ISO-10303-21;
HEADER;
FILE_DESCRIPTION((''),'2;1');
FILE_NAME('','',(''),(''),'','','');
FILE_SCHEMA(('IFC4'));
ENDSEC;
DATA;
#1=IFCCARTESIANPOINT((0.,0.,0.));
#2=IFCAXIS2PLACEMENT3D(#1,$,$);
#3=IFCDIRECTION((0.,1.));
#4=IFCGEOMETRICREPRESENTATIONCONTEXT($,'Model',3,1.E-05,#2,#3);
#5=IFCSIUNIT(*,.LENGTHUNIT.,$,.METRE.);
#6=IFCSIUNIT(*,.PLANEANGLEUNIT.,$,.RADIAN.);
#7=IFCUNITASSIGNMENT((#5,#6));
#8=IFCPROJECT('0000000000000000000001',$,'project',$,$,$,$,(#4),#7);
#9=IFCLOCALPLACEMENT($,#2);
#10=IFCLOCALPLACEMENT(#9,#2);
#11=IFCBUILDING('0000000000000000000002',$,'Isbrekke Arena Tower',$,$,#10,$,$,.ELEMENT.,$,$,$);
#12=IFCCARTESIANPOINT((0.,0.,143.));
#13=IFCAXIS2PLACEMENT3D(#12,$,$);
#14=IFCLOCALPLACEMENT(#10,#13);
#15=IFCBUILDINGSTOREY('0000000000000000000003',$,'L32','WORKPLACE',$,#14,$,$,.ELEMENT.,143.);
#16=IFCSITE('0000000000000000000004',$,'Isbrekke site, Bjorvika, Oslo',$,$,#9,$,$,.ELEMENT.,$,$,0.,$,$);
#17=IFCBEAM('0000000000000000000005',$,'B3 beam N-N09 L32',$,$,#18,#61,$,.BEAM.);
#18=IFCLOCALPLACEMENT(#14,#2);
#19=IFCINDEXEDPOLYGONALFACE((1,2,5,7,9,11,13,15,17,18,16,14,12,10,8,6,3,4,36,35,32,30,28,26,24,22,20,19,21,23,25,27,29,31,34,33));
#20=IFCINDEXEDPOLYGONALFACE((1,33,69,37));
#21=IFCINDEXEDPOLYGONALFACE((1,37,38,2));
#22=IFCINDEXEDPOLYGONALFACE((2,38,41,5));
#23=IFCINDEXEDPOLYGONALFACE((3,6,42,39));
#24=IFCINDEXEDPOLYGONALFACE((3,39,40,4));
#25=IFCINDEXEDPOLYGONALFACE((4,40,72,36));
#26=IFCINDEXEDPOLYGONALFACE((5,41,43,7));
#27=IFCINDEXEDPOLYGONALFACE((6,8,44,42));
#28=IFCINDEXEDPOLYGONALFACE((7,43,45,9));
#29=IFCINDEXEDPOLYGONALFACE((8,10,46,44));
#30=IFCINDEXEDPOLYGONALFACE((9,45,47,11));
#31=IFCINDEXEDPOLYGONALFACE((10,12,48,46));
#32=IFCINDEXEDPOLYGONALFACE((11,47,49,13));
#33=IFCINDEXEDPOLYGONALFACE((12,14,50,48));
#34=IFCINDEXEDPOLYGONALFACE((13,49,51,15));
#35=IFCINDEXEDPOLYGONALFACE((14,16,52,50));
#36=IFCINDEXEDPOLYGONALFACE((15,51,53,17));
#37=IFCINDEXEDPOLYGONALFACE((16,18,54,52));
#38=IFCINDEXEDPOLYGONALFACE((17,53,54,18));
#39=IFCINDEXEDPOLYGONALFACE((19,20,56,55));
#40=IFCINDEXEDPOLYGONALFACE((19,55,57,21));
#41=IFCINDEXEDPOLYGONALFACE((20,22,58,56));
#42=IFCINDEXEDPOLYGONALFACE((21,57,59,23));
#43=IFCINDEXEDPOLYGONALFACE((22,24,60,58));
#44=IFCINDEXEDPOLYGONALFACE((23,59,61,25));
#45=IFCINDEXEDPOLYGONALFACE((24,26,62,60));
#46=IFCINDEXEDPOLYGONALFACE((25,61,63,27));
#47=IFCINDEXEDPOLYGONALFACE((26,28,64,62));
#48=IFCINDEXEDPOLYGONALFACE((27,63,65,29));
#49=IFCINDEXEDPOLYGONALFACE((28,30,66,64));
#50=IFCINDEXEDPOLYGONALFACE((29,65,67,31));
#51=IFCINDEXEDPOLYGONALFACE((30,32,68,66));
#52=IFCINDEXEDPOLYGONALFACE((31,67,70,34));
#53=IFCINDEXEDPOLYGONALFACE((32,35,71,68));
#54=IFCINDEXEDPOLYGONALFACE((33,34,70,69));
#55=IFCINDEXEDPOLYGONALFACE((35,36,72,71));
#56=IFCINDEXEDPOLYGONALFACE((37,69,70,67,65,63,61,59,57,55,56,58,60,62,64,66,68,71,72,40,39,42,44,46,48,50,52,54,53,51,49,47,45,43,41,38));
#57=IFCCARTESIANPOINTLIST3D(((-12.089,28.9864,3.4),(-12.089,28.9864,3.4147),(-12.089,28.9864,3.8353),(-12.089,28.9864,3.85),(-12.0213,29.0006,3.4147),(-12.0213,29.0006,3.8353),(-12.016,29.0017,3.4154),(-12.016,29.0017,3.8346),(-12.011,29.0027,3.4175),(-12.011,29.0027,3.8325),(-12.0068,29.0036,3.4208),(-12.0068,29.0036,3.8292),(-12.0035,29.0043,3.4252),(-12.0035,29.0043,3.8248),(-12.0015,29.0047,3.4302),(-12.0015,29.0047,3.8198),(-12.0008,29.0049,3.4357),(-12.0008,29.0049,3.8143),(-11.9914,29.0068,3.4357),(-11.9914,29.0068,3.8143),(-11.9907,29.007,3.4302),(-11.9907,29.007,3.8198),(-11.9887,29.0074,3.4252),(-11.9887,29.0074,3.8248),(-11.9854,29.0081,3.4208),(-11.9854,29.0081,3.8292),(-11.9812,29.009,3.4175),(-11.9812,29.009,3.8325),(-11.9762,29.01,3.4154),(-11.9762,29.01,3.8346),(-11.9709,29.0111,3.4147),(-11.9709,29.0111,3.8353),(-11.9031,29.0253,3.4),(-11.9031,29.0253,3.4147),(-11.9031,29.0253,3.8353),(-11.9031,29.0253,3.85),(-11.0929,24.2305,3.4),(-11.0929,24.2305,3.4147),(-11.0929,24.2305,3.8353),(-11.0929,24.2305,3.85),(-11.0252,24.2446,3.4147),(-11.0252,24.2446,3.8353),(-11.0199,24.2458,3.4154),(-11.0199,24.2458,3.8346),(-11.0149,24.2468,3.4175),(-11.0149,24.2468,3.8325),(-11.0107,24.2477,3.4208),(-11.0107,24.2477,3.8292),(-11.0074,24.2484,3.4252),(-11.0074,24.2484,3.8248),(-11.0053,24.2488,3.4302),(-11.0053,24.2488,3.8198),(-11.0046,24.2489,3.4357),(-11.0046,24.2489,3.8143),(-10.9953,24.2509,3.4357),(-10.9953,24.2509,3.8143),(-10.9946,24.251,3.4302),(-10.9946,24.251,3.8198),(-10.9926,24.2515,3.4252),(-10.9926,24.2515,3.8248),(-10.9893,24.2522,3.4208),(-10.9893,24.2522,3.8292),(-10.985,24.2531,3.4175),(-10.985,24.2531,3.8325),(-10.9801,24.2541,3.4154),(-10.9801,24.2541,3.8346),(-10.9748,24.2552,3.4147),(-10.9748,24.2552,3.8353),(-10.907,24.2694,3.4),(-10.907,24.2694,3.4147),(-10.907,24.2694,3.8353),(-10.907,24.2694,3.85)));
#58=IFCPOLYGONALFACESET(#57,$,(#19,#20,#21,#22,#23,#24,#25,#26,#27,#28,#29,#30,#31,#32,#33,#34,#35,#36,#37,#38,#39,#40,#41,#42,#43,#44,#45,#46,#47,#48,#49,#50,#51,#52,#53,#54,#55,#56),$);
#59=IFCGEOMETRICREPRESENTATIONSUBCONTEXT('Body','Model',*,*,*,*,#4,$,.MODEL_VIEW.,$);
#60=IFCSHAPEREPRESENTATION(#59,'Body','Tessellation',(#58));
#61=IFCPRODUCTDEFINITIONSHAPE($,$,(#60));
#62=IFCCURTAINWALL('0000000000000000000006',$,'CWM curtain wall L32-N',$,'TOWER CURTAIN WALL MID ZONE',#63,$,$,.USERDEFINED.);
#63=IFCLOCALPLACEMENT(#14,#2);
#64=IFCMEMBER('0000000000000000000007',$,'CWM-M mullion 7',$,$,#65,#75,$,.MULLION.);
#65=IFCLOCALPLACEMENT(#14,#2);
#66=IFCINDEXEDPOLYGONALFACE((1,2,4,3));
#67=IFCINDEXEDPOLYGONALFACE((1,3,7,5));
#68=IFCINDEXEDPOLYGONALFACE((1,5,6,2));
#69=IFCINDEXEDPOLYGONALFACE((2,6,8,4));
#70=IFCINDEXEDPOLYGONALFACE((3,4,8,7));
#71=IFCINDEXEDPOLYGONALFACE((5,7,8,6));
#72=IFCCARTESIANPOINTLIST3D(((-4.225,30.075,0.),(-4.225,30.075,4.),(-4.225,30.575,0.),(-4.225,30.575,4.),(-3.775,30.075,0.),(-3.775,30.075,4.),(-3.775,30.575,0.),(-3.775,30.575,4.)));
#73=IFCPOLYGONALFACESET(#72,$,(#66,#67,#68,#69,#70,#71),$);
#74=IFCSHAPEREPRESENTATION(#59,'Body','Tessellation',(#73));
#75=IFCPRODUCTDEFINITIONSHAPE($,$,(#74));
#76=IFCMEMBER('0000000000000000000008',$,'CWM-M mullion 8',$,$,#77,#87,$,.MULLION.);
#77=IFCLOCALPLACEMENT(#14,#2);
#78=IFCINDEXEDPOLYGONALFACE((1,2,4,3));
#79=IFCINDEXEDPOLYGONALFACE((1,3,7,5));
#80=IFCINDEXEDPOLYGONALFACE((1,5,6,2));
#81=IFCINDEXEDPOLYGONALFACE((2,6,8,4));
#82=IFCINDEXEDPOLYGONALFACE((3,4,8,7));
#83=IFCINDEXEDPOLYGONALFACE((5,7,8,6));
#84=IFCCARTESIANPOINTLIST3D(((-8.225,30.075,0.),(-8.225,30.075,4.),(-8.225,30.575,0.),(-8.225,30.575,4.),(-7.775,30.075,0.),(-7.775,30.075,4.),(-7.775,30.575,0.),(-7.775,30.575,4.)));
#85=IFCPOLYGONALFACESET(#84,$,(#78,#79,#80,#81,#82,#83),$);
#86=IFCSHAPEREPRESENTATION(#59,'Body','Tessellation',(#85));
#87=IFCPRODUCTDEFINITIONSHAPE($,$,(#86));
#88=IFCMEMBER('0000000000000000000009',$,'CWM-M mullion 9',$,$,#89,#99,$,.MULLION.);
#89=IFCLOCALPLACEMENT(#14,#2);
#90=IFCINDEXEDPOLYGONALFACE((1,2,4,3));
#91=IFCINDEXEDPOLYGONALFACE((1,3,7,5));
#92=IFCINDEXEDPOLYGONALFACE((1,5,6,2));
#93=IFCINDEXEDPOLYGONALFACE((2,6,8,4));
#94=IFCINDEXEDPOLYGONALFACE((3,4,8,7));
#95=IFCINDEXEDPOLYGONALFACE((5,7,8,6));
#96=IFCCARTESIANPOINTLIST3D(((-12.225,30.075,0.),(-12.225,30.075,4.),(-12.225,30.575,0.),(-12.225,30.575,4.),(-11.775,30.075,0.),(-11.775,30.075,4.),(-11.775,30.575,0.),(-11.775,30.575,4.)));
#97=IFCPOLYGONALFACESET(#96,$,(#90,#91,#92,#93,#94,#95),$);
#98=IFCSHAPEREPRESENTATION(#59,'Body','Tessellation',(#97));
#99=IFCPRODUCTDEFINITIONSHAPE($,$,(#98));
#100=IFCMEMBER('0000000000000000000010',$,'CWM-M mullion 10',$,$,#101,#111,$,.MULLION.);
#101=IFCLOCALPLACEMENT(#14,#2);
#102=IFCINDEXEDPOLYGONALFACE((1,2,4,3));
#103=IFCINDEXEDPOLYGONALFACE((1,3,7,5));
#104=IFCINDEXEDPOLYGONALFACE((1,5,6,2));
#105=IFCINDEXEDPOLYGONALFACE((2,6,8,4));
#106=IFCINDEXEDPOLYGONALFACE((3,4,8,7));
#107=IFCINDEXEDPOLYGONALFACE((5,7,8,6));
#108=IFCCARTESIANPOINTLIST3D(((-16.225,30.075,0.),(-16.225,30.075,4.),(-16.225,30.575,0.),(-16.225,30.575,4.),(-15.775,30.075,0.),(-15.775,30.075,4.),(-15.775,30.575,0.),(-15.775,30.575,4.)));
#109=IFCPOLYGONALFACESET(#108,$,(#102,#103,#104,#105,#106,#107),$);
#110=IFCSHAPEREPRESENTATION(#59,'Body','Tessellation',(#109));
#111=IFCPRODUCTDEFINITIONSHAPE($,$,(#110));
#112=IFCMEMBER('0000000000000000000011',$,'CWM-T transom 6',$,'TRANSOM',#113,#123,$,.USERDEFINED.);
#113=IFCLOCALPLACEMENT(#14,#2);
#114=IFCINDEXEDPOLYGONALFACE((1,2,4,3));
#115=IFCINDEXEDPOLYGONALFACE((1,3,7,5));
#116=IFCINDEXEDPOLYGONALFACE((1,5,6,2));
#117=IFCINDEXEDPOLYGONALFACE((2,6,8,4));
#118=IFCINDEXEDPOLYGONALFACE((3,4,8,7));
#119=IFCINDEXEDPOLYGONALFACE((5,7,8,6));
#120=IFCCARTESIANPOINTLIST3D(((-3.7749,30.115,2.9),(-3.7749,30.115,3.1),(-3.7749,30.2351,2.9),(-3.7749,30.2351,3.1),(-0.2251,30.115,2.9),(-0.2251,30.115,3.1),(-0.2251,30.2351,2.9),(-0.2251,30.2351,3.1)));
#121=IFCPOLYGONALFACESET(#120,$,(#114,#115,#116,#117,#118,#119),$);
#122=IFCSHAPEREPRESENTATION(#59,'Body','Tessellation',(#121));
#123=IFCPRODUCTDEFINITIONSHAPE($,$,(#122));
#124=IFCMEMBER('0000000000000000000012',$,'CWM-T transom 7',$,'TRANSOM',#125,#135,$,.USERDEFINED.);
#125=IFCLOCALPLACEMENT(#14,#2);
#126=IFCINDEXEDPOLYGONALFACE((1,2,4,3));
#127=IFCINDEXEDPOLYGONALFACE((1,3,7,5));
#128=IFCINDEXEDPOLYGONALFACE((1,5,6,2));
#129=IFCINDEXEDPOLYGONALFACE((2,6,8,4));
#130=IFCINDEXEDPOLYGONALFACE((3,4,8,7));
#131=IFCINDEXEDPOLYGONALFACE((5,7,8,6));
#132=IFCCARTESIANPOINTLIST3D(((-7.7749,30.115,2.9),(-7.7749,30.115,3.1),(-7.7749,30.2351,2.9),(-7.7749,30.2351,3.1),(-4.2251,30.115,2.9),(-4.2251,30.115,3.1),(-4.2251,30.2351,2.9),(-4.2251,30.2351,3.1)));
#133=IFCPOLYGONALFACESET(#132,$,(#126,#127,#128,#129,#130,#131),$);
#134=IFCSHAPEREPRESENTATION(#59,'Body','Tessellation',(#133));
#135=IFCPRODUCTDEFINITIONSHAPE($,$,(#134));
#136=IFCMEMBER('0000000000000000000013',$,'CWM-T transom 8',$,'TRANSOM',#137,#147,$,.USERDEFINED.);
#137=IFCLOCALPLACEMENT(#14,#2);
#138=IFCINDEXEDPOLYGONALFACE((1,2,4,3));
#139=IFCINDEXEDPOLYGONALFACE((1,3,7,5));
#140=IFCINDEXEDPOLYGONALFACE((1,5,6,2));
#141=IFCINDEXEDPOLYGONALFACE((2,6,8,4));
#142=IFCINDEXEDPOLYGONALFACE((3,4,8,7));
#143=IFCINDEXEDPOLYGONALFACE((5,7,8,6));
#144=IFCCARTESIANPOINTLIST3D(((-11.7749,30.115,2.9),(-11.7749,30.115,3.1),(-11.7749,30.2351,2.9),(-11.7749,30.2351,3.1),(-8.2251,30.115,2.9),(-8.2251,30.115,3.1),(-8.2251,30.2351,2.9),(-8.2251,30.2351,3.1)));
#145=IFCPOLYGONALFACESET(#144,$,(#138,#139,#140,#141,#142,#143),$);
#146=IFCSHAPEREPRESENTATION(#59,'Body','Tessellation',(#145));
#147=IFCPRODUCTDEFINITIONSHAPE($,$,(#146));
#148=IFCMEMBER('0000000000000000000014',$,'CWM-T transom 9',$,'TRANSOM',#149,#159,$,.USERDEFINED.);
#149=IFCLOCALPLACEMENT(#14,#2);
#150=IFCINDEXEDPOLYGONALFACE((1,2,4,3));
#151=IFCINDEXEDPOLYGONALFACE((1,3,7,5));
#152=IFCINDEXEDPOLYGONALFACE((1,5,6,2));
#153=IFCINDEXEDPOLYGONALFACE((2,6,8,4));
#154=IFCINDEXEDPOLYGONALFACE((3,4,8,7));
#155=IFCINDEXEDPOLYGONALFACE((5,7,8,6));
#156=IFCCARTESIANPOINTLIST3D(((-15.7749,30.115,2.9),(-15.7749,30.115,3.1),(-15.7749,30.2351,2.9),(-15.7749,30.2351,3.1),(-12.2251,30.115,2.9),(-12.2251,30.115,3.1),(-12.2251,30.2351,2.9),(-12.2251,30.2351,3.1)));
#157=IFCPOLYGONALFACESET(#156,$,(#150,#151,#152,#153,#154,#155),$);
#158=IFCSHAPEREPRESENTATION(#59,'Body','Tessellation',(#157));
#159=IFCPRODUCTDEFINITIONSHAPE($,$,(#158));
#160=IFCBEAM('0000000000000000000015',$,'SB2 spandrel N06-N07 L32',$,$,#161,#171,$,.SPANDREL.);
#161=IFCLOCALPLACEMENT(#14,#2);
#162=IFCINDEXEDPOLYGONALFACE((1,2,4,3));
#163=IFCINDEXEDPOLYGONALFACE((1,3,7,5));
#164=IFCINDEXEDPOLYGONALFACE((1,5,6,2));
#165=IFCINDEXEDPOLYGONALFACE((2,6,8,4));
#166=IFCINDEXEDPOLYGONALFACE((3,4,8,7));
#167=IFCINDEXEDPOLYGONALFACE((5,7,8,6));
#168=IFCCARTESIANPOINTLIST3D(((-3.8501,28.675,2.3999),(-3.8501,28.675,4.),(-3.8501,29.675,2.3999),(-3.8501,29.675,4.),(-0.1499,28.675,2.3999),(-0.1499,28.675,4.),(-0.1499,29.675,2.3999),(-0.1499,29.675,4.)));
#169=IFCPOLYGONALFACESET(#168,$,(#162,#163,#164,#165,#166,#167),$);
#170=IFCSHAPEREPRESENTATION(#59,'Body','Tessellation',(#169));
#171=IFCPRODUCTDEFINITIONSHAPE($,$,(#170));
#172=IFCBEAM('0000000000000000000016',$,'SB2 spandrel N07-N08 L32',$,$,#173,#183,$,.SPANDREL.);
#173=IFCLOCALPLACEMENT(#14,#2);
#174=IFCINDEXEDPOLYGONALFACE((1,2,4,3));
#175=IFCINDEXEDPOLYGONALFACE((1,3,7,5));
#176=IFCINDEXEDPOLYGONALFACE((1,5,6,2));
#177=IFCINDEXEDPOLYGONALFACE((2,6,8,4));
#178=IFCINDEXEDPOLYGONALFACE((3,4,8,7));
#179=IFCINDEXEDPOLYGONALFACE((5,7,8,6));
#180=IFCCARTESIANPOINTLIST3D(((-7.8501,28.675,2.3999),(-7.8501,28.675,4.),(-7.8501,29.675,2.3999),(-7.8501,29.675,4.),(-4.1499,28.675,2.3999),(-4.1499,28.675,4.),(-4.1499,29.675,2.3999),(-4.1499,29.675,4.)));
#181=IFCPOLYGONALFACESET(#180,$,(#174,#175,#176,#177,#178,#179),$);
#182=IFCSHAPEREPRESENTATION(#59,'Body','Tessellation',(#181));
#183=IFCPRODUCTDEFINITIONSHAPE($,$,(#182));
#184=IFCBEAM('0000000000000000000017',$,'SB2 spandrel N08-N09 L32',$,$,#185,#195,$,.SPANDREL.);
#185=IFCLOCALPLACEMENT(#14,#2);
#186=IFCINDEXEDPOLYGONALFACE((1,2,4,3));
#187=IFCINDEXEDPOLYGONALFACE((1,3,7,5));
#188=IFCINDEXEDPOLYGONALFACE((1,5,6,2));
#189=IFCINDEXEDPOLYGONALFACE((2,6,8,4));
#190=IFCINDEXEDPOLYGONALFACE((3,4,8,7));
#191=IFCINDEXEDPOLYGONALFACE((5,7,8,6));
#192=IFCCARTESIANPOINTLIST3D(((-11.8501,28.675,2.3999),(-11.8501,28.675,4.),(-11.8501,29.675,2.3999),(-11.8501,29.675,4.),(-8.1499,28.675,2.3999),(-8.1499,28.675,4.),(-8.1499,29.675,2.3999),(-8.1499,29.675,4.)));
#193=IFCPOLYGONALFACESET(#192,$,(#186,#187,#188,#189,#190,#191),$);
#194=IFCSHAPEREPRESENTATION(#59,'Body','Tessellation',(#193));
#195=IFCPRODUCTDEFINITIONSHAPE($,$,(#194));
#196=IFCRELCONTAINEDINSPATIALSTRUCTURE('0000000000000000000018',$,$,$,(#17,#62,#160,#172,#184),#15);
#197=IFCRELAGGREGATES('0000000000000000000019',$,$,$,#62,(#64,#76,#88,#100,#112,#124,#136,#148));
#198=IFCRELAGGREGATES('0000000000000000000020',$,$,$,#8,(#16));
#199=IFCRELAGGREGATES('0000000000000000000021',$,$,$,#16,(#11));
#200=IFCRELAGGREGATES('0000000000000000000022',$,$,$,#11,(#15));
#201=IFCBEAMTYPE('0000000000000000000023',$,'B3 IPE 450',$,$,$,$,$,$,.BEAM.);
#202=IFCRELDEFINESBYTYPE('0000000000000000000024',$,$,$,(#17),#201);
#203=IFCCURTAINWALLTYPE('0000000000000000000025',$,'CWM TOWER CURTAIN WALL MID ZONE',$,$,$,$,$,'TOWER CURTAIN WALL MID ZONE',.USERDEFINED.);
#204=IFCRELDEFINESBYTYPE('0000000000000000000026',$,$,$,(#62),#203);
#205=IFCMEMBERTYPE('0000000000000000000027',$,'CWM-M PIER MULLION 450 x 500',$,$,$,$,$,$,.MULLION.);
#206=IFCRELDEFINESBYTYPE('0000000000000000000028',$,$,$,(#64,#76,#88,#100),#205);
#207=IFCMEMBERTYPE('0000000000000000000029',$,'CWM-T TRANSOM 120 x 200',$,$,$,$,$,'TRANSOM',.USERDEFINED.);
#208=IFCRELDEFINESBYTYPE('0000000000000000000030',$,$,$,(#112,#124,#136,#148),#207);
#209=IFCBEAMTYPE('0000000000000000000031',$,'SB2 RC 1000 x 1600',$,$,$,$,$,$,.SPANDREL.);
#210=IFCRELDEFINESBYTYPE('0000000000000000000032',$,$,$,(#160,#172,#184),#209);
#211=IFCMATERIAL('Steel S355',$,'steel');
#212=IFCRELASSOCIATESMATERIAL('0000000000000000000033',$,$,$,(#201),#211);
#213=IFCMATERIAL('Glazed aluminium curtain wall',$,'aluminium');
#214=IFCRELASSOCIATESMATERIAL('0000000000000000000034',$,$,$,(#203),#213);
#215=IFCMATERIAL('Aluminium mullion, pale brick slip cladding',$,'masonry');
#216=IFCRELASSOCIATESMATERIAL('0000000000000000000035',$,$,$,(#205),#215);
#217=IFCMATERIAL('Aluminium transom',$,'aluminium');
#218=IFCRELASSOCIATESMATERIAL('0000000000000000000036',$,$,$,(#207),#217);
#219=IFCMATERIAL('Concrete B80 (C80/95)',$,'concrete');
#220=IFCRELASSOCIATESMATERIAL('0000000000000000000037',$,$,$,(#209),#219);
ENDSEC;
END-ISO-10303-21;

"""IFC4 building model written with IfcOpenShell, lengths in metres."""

from ifc_helpers import new_model, si_unit, direction, frame, origin, origin_2d, place, context, subcontext, project, spatial, rectangle, i_section, extrude, material, material_profile, profile_set, type_object, element, aggregate, save


model = new_model("IFC4")

# Units and contexts
model_context = context("Model", 3, precision=1e-05, world=origin(), true_north=direction((0.0, 1.0)))
body_context = subcontext(model_context, "Body", "Model", "MODEL_VIEW")
ifc_project = project(units=[si_unit("LENGTHUNIT", "METRE"), si_unit("PLANEANGLEUNIT", "RADIAN")], contexts=[model_context])

# Site, building, storey
site_placement = place(None, origin())
site = spatial("IfcSite", under=ifc_project, at=site_placement, Name="Isbrekke site, Bjorvika, Oslo", CompositionType="ELEMENT", RefElevation=0.0)
building_placement = place(site_placement, origin())
building = spatial("IfcBuilding", under=site, at=building_placement, Name="Isbrekke Arena Tower", CompositionType="ELEMENT")
storey_placement = place(building_placement, frame((0.0, 0.0, 143.0)))
storey = spatial("IfcBuildingStorey", under=building, at=storey_placement, Name="L32", Description="WORKPLACE", CompositionType="ELEMENT", Elevation=143.0)

# Beam
ifc_material_1 = material(Name="Steel S355", Category="steel")
ifc_material_profile_1 = material_profile(ifc_material_1, i_section(OverallWidth=0.1899, OverallDepth=0.45, WebThickness=0.0095, FlangeThickness=0.0146, FilletRadius=0.021, at=origin_2d()), Name="IPE 450")
ifc_profile_set_1 = profile_set([ifc_material_profile_1], Name="Steel S355")
beam_type_1 = type_object("IfcBeamType", Name="B3 IPE 450", PredefinedType="BEAM", material=ifc_profile_set_1)
beam_1_placement = place(storey_placement, frame((-11.9961, 29.0059, 3.625), z_axis=(0.204997, -0.978762, 0.0), x_axis=(0.978762, 0.204997, 0.0)))
element("IfcBeam", 1, at=beam_1_placement, inside=storey, type_object=beam_type_1, Name="B3 beam N-N09 L32", PredefinedType="BEAM", context=body_context, shape_type="SweptSolid", body=[
    extrude(i_section(OverallWidth=0.1899, OverallDepth=0.45, WebThickness=0.0095, FlangeThickness=0.0146, FilletRadius=0.021, at=origin_2d()), origin(), (0.0, 0.0, 1.0), 4.8591),
])

# Curtain wall, members
ifc_material_2 = material(Name="Glazed aluminium curtain wall", Category="aluminium")
curtain_wall_type = type_object("IfcCurtainWallType", Name="CWM TOWER CURTAIN WALL MID ZONE", ElementType="TOWER CURTAIN WALL MID ZONE", PredefinedType="USERDEFINED", material=ifc_material_2)
curtain_wall_placement = place(storey_placement, origin())
curtain_wall = element("IfcCurtainWall", 2, at=curtain_wall_placement, inside=storey, type_object=curtain_wall_type, Name="CWM curtain wall L32-N", ObjectType="TOWER CURTAIN WALL MID ZONE", PredefinedType="USERDEFINED")
ifc_material_3 = material(Name="Aluminium mullion, pale brick slip cladding", Category="masonry")
ifc_material_profile_2 = material_profile(ifc_material_3, rectangle(XDim=0.45, YDim=0.5, at=origin_2d()), Name="PIER 450X500")
ifc_profile_set_2 = profile_set([ifc_material_profile_2], Name="Aluminium mullion, pale brick slip cladding")
member_type_1 = type_object("IfcMemberType", Name="CWM-M PIER MULLION 450 x 500", PredefinedType="MULLION", material=ifc_profile_set_2)
member_1_placement = place(storey_placement, frame((-4.0, 30.325, 0.0), z_axis=(0.0, 0.0, 1.0), x_axis=(-1.0, 0.0, 0.0)))
member_1 = element("IfcMember", 3, at=member_1_placement, type_object=member_type_1, Name="CWM-M mullion 7", PredefinedType="MULLION", context=body_context, shape_type="SweptSolid", body=[
    extrude(rectangle(XDim=0.45, YDim=0.5, at=origin_2d()), origin(), (0.0, 0.0, 1.0), 4.0),
])
member_2_placement = place(storey_placement, frame((-8.0, 30.325, 0.0), z_axis=(0.0, 0.0, 1.0), x_axis=(-1.0, 0.0, 0.0)))
member_2 = element("IfcMember", 4, at=member_2_placement, type_object=member_type_1, Name="CWM-M mullion 8", PredefinedType="MULLION", context=body_context, shape_type="SweptSolid", body=[
    extrude(rectangle(XDim=0.45, YDim=0.5, at=origin_2d()), origin(), (0.0, 0.0, 1.0), 4.0),
])
member_3_placement = place(storey_placement, frame((-12.0, 30.325, 0.0), z_axis=(0.0, 0.0, 1.0), x_axis=(-1.0, 0.0, 0.0)))
member_3 = element("IfcMember", 5, at=member_3_placement, type_object=member_type_1, Name="CWM-M mullion 9", PredefinedType="MULLION", context=body_context, shape_type="SweptSolid", body=[
    extrude(rectangle(XDim=0.45, YDim=0.5, at=origin_2d()), origin(), (0.0, 0.0, 1.0), 4.0),
])
member_4_placement = place(storey_placement, frame((-16.0, 30.325, 0.0), z_axis=(0.0, 0.0, 1.0), x_axis=(-1.0, 0.0, 0.0)))
member_4 = element("IfcMember", 6, at=member_4_placement, type_object=member_type_1, Name="CWM-M mullion 10", PredefinedType="MULLION", context=body_context, shape_type="SweptSolid", body=[
    extrude(rectangle(XDim=0.45, YDim=0.5, at=origin_2d()), origin(), (0.0, 0.0, 1.0), 4.0),
])
ifc_material_4 = material(Name="Aluminium transom", Category="aluminium")
ifc_material_profile_3 = material_profile(ifc_material_4, rectangle(XDim=0.1201, YDim=0.2, at=origin_2d()), Name="TRANSOM 120X200")
ifc_profile_set_3 = profile_set([ifc_material_profile_3], Name="Aluminium transom")
member_type_2 = type_object("IfcMemberType", Name="CWM-T TRANSOM 120 x 200", ElementType="TRANSOM", PredefinedType="USERDEFINED", material=ifc_profile_set_3)
member_5_placement = place(storey_placement, frame((-0.2251, 30.175, 3.0), z_axis=(-1.0, 0.0, 0.0), x_axis=(0.0, -1.0, 0.0)))
member_5 = element("IfcMember", 7, at=member_5_placement, type_object=member_type_2, Name="CWM-T transom 6", ObjectType="TRANSOM", PredefinedType="USERDEFINED", context=body_context, shape_type="SweptSolid", body=[
    extrude(rectangle(XDim=0.1201, YDim=0.2, at=origin_2d()), origin(), (0.0, 0.0, 1.0), 3.5498),
])
member_6_placement = place(storey_placement, frame((-4.2251, 30.175, 3.0), z_axis=(-1.0, 0.0, 0.0), x_axis=(0.0, -1.0, 0.0)))
member_6 = element("IfcMember", 8, at=member_6_placement, type_object=member_type_2, Name="CWM-T transom 7", ObjectType="TRANSOM", PredefinedType="USERDEFINED", context=body_context, shape_type="SweptSolid", body=[
    extrude(rectangle(XDim=0.1201, YDim=0.2, at=origin_2d()), origin(), (0.0, 0.0, 1.0), 3.5498),
])
member_7_placement = place(storey_placement, frame((-8.2251, 30.175, 3.0), z_axis=(-1.0, 0.0, 0.0), x_axis=(0.0, -1.0, 0.0)))
member_7 = element("IfcMember", 9, at=member_7_placement, type_object=member_type_2, Name="CWM-T transom 8", ObjectType="TRANSOM", PredefinedType="USERDEFINED", context=body_context, shape_type="SweptSolid", body=[
    extrude(rectangle(XDim=0.1201, YDim=0.2, at=origin_2d()), origin(), (0.0, 0.0, 1.0), 3.5498),
])
member_8_placement = place(storey_placement, frame((-12.2251, 30.175, 3.0), z_axis=(-1.0, 0.0, 0.0), x_axis=(0.0, -1.0, 0.0)))
member_8 = element("IfcMember", 10, at=member_8_placement, type_object=member_type_2, Name="CWM-T transom 9", ObjectType="TRANSOM", PredefinedType="USERDEFINED", context=body_context, shape_type="SweptSolid", body=[
    extrude(rectangle(XDim=0.1201, YDim=0.2, at=origin_2d()), origin(), (0.0, 0.0, 1.0), 3.5498),
])

# Beams
ifc_material_5 = material(Name="Concrete B80 (C80/95)", Category="concrete")
ifc_material_profile_4 = material_profile(ifc_material_5, rectangle(XDim=1.0, YDim=1.6001, at=origin_2d()), Name="RC 1000x1600")
ifc_profile_set_4 = profile_set([ifc_material_profile_4], Name="Concrete B80 (C80/95)")
beam_type_2 = type_object("IfcBeamType", Name="SB2 RC 1000 x 1600", PredefinedType="SPANDREL", material=ifc_profile_set_4)
for number, where, z_axis, x_axis, name in (
    (11, (-0.1499, 29.175, 3.2), (-1.0, 0.0, 0.0), (0.0, -1.0, 0.0), "SB2 spandrel N06-N07 L32"),
    (12, (-4.1499, 29.175, 3.2), (-1.0, 0.0, 0.0), (0.0, -1.0, 0.0), "SB2 spandrel N07-N08 L32"),
    (13, (-8.1499, 29.175, 3.2), (-1.0, 0.0, 0.0), (0.0, -1.0, 0.0), "SB2 spandrel N08-N09 L32"),
):
    element("IfcBeam", number, at=place(storey_placement, frame(where, z_axis=z_axis, x_axis=x_axis)), inside=storey, type_object=beam_type_2, Name=name, PredefinedType="SPANDREL", context=body_context, shape_type="SweptSolid", body=[
        extrude(rectangle(XDim=1.0, YDim=1.6001, at=origin_2d()), origin(), (0.0, 0.0, 1.0), 3.7002),
    ])

aggregate(curtain_wall, [member_1, member_2, member_3, member_4, member_5, member_6, member_7, member_8])

save(model, "model.ifc")
